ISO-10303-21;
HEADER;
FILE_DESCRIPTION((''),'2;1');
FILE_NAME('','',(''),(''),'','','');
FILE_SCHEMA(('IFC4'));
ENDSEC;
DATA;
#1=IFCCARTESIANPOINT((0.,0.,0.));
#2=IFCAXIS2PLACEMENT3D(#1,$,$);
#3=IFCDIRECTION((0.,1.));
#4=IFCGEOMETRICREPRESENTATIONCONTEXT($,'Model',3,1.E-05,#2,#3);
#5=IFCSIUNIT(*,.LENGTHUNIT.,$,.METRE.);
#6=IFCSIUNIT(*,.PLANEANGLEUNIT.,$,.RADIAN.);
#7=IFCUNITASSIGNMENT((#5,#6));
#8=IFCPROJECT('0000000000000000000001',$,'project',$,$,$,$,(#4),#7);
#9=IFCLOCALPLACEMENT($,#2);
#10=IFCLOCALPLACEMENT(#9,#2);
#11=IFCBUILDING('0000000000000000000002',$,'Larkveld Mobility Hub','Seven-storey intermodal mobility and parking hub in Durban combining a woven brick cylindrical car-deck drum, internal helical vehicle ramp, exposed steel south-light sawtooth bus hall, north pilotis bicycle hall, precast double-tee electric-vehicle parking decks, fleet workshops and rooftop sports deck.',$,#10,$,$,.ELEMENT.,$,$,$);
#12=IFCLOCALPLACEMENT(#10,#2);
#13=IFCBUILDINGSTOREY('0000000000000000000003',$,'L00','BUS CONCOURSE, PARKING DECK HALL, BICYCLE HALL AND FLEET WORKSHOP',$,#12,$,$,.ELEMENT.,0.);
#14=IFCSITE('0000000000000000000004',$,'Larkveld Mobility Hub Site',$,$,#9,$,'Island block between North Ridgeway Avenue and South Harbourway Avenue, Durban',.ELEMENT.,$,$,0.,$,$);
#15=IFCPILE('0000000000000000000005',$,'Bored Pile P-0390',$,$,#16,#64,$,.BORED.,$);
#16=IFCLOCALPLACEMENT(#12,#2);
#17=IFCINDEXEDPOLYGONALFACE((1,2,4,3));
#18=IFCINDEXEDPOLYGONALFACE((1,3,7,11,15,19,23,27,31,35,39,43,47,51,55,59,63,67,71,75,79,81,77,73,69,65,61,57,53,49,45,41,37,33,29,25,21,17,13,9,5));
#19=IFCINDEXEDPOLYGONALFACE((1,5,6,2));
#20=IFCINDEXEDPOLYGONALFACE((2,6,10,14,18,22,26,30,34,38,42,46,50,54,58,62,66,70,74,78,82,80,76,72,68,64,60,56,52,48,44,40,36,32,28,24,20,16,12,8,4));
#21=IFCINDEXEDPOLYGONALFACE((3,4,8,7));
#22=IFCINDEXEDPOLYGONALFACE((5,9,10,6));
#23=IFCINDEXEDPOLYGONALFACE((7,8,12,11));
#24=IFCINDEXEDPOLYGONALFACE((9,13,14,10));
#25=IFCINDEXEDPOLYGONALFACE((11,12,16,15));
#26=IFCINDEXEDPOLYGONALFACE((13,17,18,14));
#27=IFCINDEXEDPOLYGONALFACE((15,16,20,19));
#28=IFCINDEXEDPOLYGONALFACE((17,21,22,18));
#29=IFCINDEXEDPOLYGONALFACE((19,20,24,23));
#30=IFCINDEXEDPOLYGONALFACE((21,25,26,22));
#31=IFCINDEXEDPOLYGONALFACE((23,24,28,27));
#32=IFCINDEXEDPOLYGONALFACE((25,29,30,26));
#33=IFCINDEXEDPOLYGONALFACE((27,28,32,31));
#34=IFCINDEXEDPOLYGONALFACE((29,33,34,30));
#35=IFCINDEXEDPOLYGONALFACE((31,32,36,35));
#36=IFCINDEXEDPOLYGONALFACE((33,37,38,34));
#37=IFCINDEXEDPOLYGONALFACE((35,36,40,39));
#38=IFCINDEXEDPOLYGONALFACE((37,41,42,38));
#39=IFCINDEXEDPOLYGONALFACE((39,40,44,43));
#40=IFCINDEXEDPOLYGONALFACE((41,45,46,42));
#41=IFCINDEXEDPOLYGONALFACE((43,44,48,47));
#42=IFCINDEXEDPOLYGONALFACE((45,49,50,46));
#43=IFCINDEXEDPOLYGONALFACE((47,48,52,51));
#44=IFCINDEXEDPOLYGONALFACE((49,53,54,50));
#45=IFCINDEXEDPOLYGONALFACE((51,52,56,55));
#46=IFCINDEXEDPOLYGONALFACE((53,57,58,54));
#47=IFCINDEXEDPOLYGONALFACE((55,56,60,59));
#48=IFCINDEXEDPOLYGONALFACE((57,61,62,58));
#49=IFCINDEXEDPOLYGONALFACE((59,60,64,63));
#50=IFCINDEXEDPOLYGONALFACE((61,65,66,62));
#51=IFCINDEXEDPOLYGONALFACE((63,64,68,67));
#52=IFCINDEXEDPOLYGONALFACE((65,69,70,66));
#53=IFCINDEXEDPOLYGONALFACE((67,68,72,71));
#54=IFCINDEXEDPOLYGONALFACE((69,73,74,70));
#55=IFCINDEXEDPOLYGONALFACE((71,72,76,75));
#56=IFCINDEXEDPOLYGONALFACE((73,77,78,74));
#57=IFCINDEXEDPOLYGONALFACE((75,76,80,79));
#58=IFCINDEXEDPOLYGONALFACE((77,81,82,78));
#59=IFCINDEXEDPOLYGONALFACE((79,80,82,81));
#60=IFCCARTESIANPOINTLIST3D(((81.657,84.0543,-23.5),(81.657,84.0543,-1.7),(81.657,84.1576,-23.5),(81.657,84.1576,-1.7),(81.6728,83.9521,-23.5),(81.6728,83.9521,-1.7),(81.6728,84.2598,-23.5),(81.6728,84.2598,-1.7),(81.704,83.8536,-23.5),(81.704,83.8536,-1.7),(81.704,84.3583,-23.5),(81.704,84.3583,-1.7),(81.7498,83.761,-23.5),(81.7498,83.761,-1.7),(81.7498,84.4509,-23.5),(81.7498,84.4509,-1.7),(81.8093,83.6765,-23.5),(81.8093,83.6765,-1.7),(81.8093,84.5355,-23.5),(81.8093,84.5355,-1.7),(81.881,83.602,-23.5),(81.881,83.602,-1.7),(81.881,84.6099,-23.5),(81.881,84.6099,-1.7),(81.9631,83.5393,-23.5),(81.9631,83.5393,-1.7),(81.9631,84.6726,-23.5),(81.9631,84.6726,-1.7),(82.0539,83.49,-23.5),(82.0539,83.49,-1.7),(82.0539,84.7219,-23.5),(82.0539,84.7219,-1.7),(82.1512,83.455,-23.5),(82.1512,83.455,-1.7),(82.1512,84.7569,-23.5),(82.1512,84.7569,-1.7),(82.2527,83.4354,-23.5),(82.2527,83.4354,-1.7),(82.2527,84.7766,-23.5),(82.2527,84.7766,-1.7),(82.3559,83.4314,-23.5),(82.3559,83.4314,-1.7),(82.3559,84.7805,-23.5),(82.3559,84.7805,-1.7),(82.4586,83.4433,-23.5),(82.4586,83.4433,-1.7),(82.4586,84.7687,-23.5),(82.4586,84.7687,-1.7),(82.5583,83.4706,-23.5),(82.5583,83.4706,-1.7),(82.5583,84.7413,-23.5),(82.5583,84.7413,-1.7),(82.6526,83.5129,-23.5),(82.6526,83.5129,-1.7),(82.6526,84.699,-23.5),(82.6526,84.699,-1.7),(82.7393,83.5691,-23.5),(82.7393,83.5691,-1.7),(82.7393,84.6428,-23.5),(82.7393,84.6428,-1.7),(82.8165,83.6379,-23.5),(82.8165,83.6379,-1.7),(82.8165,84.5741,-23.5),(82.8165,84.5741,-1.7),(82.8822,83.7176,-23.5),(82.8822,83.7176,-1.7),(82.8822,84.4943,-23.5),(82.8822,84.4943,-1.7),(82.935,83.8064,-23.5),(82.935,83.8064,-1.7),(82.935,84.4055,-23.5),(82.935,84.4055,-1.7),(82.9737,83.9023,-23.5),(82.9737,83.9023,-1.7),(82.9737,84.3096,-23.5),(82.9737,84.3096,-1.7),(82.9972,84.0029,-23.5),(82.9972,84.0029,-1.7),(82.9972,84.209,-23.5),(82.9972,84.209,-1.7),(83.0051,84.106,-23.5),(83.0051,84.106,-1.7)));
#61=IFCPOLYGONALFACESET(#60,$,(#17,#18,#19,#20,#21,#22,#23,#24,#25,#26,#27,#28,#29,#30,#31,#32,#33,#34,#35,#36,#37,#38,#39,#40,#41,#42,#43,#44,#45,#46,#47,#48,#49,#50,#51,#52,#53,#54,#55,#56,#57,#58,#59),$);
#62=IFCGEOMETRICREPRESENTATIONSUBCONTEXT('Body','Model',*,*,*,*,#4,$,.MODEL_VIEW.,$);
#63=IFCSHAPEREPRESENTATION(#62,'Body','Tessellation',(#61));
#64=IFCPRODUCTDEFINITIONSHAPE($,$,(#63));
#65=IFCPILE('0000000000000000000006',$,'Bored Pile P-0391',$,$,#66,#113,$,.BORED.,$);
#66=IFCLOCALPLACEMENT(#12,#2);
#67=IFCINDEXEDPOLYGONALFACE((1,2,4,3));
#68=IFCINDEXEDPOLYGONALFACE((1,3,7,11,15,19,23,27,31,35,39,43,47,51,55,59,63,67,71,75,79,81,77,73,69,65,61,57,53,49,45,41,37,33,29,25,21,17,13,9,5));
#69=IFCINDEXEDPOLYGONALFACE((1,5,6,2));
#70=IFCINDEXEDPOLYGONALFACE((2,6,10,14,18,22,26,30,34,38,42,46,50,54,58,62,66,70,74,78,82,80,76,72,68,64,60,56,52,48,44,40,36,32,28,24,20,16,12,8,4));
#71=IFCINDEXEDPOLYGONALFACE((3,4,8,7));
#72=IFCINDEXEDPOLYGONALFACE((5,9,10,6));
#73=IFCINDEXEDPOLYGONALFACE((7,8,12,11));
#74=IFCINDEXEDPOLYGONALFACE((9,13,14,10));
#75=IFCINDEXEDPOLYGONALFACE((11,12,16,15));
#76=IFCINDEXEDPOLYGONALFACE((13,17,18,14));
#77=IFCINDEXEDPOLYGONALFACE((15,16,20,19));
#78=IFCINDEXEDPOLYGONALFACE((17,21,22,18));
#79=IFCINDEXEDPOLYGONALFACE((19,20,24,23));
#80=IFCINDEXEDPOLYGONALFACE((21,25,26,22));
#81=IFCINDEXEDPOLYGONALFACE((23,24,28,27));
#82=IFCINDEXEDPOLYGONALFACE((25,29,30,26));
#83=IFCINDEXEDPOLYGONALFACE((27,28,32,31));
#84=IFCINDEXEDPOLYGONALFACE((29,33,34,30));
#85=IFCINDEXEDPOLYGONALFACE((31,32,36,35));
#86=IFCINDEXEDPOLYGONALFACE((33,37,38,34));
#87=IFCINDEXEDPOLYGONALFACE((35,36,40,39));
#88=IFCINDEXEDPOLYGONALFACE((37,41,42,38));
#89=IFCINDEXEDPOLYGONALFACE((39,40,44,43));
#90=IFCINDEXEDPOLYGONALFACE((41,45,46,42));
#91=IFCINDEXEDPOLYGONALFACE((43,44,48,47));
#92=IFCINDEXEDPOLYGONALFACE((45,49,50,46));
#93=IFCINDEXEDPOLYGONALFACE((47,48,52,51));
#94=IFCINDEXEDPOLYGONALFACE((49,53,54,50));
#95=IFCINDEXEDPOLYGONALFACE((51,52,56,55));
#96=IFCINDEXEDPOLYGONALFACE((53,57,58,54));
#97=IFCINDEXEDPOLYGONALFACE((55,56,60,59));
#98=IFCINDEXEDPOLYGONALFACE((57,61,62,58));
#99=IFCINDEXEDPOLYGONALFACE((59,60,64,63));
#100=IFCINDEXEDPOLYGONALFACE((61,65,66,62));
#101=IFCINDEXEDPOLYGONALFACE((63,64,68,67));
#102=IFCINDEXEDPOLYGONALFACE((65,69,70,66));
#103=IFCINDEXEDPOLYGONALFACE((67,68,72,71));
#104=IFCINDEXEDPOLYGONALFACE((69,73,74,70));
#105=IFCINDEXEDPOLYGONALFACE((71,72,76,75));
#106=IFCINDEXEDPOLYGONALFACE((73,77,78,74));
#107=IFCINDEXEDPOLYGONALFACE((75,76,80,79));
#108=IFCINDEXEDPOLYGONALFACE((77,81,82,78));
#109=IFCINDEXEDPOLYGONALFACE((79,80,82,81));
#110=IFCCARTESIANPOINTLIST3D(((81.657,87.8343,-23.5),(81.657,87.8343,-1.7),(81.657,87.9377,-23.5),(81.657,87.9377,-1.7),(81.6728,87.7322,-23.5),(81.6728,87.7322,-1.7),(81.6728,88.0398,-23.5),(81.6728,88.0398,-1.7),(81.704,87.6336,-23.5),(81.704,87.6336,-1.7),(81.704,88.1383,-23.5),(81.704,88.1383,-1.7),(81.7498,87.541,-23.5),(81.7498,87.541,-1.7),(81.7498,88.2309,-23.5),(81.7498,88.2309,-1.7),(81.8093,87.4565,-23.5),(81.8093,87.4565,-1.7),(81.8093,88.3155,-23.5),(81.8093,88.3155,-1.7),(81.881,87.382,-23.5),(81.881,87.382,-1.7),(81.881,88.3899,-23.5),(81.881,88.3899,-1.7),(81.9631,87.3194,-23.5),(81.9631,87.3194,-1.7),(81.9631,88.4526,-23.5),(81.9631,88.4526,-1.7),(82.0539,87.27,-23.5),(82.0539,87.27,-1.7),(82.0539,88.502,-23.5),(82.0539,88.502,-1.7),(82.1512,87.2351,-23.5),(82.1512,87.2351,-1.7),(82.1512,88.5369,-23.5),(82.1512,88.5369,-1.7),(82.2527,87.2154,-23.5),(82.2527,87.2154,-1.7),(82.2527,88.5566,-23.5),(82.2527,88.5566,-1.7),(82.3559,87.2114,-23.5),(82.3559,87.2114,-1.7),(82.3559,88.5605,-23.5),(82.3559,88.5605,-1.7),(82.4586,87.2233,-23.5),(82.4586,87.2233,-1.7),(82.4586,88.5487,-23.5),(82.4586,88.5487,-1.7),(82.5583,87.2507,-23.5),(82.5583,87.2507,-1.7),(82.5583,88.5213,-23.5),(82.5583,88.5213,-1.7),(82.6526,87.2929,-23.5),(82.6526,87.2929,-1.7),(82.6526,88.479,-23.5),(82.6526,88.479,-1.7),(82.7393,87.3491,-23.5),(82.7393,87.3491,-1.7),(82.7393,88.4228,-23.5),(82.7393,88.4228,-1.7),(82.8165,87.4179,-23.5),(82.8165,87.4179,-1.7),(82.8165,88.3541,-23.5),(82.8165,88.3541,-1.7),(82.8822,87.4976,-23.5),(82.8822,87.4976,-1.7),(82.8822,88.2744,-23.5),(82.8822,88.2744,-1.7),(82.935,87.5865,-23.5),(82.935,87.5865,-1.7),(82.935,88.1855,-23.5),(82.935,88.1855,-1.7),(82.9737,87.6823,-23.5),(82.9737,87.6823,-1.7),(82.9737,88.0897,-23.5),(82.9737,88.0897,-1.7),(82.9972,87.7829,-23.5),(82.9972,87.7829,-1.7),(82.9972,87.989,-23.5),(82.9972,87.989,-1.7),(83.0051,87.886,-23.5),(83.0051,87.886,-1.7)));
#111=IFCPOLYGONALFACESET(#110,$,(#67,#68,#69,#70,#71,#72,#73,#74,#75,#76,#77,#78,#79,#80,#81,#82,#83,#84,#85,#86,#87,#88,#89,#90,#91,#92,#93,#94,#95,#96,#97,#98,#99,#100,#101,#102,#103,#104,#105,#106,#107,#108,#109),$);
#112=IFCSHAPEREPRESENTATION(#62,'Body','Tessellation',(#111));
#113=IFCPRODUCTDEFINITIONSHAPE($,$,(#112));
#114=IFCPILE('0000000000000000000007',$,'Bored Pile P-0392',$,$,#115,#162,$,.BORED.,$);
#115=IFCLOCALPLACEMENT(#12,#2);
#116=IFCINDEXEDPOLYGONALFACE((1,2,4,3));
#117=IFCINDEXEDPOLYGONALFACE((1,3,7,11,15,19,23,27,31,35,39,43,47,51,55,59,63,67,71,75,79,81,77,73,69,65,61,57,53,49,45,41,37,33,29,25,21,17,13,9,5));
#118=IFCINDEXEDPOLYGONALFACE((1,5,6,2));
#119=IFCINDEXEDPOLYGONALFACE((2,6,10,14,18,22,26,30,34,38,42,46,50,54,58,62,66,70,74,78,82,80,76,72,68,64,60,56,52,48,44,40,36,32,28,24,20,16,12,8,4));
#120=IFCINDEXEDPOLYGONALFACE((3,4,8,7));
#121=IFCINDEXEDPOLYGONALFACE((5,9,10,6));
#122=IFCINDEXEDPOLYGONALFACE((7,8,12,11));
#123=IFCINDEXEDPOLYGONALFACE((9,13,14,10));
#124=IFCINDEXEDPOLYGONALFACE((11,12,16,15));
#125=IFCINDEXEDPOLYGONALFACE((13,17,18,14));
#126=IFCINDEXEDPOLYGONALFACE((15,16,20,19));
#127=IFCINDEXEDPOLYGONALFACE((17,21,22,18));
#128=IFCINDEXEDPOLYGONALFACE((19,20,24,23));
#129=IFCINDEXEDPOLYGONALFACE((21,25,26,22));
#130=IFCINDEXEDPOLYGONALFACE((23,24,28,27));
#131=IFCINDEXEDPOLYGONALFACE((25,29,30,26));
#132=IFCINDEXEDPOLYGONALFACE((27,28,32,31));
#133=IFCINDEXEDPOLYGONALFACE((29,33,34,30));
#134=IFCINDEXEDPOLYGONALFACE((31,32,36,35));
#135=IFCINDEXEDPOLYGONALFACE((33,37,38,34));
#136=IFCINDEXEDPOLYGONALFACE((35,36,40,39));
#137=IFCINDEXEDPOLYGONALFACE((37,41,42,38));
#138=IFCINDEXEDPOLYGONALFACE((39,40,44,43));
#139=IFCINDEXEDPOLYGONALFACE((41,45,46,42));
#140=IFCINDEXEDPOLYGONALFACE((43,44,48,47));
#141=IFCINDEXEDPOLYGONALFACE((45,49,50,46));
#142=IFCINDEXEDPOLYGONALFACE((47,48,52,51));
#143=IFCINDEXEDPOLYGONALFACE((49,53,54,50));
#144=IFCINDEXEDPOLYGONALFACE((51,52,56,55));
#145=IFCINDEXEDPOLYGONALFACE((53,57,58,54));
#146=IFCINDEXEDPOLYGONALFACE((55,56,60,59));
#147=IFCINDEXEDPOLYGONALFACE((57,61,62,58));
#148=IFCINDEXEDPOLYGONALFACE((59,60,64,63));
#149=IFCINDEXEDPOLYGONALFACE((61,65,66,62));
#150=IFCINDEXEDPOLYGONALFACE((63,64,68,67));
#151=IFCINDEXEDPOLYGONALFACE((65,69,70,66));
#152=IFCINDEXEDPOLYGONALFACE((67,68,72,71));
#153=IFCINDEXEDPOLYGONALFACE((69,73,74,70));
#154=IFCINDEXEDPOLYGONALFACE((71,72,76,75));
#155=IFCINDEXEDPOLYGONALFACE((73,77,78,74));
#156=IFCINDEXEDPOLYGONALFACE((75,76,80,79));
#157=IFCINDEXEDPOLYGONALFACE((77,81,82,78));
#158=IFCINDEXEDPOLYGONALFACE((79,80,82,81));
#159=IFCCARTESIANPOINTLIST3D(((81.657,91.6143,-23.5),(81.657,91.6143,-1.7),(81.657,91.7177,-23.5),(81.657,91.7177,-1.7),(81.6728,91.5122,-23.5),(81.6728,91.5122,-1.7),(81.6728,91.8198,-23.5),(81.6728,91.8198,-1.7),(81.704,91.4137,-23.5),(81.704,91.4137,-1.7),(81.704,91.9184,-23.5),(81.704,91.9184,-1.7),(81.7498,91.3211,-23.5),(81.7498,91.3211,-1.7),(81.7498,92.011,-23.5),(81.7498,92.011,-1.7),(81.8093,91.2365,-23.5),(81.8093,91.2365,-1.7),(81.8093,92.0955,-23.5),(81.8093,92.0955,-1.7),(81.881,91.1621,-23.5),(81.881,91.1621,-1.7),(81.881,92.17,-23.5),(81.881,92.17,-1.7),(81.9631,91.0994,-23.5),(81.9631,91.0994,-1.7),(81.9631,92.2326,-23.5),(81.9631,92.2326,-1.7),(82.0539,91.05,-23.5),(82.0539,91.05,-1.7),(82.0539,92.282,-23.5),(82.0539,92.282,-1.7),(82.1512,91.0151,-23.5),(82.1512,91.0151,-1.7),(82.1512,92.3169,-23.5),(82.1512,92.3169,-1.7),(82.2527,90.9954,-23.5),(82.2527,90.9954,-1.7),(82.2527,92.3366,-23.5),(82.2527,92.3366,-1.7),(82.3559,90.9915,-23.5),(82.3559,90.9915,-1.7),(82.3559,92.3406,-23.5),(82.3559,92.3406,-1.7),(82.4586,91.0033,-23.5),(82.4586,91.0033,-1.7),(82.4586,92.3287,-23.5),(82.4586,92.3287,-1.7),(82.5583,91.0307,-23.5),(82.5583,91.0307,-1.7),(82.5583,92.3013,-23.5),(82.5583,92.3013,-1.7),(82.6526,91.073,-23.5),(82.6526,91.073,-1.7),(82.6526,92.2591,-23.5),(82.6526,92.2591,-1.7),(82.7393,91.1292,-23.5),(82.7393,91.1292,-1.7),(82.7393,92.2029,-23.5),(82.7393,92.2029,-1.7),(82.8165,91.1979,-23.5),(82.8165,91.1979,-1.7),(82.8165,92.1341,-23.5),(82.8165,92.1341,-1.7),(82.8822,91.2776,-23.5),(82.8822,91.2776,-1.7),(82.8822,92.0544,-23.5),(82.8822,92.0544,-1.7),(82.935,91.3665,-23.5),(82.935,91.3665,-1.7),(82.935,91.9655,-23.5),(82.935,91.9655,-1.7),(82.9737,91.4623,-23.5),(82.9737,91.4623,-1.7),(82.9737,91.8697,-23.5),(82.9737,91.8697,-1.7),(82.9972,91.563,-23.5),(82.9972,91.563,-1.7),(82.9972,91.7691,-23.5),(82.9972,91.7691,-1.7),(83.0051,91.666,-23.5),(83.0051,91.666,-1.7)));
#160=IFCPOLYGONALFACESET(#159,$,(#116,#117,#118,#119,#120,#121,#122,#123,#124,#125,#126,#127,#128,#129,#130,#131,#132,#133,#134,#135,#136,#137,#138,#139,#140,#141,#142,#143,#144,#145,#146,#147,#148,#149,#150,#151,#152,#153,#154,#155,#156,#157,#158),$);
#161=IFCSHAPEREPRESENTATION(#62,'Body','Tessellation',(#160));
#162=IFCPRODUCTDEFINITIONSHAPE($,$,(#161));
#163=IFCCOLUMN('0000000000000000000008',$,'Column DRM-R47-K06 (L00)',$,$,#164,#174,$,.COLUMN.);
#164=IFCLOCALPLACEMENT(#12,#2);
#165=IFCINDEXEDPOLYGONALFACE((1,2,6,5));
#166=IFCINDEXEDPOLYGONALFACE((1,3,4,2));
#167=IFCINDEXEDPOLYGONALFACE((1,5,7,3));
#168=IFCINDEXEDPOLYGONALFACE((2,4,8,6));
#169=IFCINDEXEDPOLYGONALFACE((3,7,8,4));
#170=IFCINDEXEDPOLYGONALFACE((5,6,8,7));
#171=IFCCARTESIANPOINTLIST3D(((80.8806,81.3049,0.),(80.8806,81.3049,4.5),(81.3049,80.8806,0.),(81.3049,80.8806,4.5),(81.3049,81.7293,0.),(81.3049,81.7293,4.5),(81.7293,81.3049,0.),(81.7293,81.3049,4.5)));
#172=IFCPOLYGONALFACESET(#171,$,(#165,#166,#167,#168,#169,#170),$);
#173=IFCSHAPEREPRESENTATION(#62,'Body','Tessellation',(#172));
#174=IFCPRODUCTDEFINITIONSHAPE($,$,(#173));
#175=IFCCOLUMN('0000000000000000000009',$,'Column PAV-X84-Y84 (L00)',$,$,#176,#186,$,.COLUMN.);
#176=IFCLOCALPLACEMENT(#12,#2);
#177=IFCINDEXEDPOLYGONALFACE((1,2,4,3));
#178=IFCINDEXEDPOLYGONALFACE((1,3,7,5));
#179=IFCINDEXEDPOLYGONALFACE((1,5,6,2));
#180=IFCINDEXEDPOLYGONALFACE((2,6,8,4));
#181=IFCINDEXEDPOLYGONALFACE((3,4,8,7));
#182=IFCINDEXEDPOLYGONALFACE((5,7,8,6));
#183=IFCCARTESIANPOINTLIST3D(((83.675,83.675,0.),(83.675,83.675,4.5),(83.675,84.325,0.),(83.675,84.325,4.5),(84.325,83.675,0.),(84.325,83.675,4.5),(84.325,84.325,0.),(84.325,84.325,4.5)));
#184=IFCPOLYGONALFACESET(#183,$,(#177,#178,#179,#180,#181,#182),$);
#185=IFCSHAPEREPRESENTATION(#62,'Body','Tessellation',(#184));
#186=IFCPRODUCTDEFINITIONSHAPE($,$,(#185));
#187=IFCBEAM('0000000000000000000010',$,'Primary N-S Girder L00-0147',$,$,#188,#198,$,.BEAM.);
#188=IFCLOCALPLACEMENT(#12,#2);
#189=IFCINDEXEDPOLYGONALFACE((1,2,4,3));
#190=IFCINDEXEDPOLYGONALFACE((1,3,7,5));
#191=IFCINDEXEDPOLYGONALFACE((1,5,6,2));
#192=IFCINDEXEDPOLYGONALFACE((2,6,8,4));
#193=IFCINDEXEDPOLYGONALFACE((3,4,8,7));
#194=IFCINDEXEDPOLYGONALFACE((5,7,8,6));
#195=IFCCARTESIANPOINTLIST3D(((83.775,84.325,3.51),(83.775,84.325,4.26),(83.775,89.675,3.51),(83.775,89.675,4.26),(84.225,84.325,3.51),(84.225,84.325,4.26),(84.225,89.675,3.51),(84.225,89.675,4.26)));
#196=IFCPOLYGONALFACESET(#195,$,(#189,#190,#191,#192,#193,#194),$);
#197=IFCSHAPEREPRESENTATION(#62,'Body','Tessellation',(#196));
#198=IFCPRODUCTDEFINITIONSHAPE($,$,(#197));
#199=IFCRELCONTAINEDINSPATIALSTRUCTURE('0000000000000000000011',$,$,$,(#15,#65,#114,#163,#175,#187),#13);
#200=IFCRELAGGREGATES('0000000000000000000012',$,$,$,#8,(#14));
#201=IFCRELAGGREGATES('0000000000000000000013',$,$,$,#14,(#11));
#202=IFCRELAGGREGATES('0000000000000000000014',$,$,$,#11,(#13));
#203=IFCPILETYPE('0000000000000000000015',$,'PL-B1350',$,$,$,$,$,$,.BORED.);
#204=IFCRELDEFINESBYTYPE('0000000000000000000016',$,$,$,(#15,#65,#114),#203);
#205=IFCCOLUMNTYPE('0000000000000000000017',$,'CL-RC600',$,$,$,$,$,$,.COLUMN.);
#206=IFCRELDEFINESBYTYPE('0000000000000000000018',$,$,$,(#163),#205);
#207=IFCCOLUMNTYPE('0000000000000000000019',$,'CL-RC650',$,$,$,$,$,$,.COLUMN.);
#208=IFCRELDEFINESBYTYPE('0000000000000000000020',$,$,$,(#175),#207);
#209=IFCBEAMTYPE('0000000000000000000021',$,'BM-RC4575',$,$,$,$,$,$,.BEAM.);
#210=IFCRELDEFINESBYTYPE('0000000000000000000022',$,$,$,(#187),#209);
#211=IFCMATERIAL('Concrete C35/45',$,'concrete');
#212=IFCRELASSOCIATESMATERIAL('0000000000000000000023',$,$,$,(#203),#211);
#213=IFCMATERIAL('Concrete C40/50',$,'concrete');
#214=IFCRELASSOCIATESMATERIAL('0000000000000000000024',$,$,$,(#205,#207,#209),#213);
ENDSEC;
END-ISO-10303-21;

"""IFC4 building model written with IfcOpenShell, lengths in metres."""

from ifc_helpers import new_model, si_unit, direction, frame, origin, origin_2d, place, context, subcontext, project, spatial, rectangle, circle, extrude, material, material_profile, profile_set, type_object, element, save


model = new_model("IFC4")

# Units and contexts
model_context = context("Model", 3, precision=1e-05, world=origin(), true_north=direction((0.0, 1.0)))
body_context = subcontext(model_context, "Body", "Model", "MODEL_VIEW")
ifc_project = project(units=[si_unit("LENGTHUNIT", "METRE"), si_unit("PLANEANGLEUNIT", "RADIAN")], contexts=[model_context])

# Site, building, storey
site_placement = place(None, origin())
site = spatial("IfcSite", under=ifc_project, at=site_placement, Name="Larkveld Mobility Hub Site", LongName="Island block between North Ridgeway Avenue and South Harbourway Avenue, Durban", CompositionType="ELEMENT", RefElevation=0.0)
building_placement = place(site_placement, origin())
building = spatial("IfcBuilding", under=site, at=building_placement, Name="Larkveld Mobility Hub", Description="Seven-storey intermodal mobility and parking hub in Durban combining a woven brick cylindrical car-deck drum, internal helical vehicle ramp, exposed steel south-light sawtooth bus hall, north pilotis bicycle hall, precast double-tee electric-vehicle parking decks, fleet workshops and rooftop sports deck.", CompositionType="ELEMENT")
storey_placement = place(building_placement, origin())
storey = spatial("IfcBuildingStorey", under=building, at=storey_placement, Name="L00", Description="BUS CONCOURSE, PARKING DECK HALL, BICYCLE HALL AND FLEET WORKSHOP", CompositionType="ELEMENT", Elevation=0.0)

# Piles
ifc_material_1 = material(Name="Concrete C35/45", Category="concrete")
ifc_material_profile_1 = material_profile(ifc_material_1, circle(Radius=0.675, at=origin_2d()), Name="PILE D1350")
ifc_profile_set_1 = profile_set([ifc_material_profile_1], Name="Concrete C35/45")
pile_type = type_object("IfcPileType", Name="PL-B1350", PredefinedType="BORED", material=ifc_profile_set_1)
for number, where, z_axis, x_axis, name in (
    (1, (82.3301, 84.106, -1.7), (0.0, 0.0, -1.0), (1.0, 0.0, 0.0), "Bored Pile P-0390"),
    (2, (82.3301, 87.886, -1.7), (0.0, 0.0, -1.0), (1.0, 0.0, 0.0), "Bored Pile P-0391"),
    (3, (82.3301, 91.666, -1.7), (0.0, 0.0, -1.0), (1.0, 0.0, 0.0), "Bored Pile P-0392"),
):
    element("IfcPile", number, at=place(storey_placement, frame(where, z_axis=z_axis, x_axis=x_axis)), inside=storey, type_object=pile_type, Name=name, PredefinedType="BORED", context=body_context, shape_type="SweptSolid", body=[
        extrude(circle(Radius=0.675, at=origin_2d()), origin(), (0.0, 0.0, 1.0), 21.8),
    ])

# Columns
ifc_material_2 = material(Name="Concrete C40/50", Category="concrete")
ifc_material_profile_2 = material_profile(ifc_material_2, rectangle(XDim=0.6001, YDim=0.6001, at=origin_2d()), Name="RC COL 600x600")
ifc_profile_set_2 = profile_set([ifc_material_profile_2], Name="Concrete C40/50")
column_type_1 = type_object("IfcColumnType", Name="CL-RC600", PredefinedType="COLUMN", material=ifc_profile_set_2)
column_1_placement = place(storey_placement, frame((81.3049, 81.3049, 0.0), z_axis=(0.0, 0.0, 1.0), x_axis=(0.707107, 0.707107, 0.0)))
element("IfcColumn", 4, at=column_1_placement, inside=storey, type_object=column_type_1, Name="Column DRM-R47-K06 (L00)", PredefinedType="COLUMN", context=body_context, shape_type="SweptSolid", body=[
    extrude(rectangle(XDim=0.6001, YDim=0.6001, at=origin_2d()), origin(), (0.0, 0.0, 1.0), 4.5),
])
ifc_material_profile_3 = material_profile(ifc_material_2, rectangle(XDim=0.6499, YDim=0.6499, at=origin_2d()), Name="RC COL 650x650")
ifc_profile_set_3 = profile_set([ifc_material_profile_3], Name="Concrete C40/50")
column_type_2 = type_object("IfcColumnType", Name="CL-RC650", PredefinedType="COLUMN", material=ifc_profile_set_3)
column_2_placement = place(storey_placement, frame((84.0, 84.0, 0.0), z_axis=(0.0, 0.0, 1.0), x_axis=(1.0, 0.0, 0.0)))
element("IfcColumn", 5, at=column_2_placement, inside=storey, type_object=column_type_2, Name="Column PAV-X84-Y84 (L00)", PredefinedType="COLUMN", context=body_context, shape_type="SweptSolid", body=[
    extrude(rectangle(XDim=0.6499, YDim=0.6499, at=origin_2d()), origin(), (0.0, 0.0, 1.0), 4.5),
])

# Beam
ifc_material_profile_4 = material_profile(ifc_material_2, rectangle(XDim=0.45, YDim=0.75, at=origin_2d()), Name="RC BM 450x750")
ifc_profile_set_4 = profile_set([ifc_material_profile_4], Name="Concrete C40/50")
beam_type_1 = type_object("IfcBeamType", Name="BM-RC4575", PredefinedType="BEAM", material=ifc_profile_set_4)
beam_1_placement = place(storey_placement, frame((84.0, 84.325, 3.885), z_axis=(0.0, 1.0, 0.0), x_axis=(-1.0, 0.0, 0.0)))
element("IfcBeam", 6, at=beam_1_placement, inside=storey, type_object=beam_type_1, Name="Primary N-S Girder L00-0147", PredefinedType="BEAM", context=body_context, shape_type="SweptSolid", body=[
    extrude(rectangle(XDim=0.45, YDim=0.75, at=origin_2d()), origin(), (0.0, 0.0, 1.0), 5.3501),
])

save(model, "model.ifc")
